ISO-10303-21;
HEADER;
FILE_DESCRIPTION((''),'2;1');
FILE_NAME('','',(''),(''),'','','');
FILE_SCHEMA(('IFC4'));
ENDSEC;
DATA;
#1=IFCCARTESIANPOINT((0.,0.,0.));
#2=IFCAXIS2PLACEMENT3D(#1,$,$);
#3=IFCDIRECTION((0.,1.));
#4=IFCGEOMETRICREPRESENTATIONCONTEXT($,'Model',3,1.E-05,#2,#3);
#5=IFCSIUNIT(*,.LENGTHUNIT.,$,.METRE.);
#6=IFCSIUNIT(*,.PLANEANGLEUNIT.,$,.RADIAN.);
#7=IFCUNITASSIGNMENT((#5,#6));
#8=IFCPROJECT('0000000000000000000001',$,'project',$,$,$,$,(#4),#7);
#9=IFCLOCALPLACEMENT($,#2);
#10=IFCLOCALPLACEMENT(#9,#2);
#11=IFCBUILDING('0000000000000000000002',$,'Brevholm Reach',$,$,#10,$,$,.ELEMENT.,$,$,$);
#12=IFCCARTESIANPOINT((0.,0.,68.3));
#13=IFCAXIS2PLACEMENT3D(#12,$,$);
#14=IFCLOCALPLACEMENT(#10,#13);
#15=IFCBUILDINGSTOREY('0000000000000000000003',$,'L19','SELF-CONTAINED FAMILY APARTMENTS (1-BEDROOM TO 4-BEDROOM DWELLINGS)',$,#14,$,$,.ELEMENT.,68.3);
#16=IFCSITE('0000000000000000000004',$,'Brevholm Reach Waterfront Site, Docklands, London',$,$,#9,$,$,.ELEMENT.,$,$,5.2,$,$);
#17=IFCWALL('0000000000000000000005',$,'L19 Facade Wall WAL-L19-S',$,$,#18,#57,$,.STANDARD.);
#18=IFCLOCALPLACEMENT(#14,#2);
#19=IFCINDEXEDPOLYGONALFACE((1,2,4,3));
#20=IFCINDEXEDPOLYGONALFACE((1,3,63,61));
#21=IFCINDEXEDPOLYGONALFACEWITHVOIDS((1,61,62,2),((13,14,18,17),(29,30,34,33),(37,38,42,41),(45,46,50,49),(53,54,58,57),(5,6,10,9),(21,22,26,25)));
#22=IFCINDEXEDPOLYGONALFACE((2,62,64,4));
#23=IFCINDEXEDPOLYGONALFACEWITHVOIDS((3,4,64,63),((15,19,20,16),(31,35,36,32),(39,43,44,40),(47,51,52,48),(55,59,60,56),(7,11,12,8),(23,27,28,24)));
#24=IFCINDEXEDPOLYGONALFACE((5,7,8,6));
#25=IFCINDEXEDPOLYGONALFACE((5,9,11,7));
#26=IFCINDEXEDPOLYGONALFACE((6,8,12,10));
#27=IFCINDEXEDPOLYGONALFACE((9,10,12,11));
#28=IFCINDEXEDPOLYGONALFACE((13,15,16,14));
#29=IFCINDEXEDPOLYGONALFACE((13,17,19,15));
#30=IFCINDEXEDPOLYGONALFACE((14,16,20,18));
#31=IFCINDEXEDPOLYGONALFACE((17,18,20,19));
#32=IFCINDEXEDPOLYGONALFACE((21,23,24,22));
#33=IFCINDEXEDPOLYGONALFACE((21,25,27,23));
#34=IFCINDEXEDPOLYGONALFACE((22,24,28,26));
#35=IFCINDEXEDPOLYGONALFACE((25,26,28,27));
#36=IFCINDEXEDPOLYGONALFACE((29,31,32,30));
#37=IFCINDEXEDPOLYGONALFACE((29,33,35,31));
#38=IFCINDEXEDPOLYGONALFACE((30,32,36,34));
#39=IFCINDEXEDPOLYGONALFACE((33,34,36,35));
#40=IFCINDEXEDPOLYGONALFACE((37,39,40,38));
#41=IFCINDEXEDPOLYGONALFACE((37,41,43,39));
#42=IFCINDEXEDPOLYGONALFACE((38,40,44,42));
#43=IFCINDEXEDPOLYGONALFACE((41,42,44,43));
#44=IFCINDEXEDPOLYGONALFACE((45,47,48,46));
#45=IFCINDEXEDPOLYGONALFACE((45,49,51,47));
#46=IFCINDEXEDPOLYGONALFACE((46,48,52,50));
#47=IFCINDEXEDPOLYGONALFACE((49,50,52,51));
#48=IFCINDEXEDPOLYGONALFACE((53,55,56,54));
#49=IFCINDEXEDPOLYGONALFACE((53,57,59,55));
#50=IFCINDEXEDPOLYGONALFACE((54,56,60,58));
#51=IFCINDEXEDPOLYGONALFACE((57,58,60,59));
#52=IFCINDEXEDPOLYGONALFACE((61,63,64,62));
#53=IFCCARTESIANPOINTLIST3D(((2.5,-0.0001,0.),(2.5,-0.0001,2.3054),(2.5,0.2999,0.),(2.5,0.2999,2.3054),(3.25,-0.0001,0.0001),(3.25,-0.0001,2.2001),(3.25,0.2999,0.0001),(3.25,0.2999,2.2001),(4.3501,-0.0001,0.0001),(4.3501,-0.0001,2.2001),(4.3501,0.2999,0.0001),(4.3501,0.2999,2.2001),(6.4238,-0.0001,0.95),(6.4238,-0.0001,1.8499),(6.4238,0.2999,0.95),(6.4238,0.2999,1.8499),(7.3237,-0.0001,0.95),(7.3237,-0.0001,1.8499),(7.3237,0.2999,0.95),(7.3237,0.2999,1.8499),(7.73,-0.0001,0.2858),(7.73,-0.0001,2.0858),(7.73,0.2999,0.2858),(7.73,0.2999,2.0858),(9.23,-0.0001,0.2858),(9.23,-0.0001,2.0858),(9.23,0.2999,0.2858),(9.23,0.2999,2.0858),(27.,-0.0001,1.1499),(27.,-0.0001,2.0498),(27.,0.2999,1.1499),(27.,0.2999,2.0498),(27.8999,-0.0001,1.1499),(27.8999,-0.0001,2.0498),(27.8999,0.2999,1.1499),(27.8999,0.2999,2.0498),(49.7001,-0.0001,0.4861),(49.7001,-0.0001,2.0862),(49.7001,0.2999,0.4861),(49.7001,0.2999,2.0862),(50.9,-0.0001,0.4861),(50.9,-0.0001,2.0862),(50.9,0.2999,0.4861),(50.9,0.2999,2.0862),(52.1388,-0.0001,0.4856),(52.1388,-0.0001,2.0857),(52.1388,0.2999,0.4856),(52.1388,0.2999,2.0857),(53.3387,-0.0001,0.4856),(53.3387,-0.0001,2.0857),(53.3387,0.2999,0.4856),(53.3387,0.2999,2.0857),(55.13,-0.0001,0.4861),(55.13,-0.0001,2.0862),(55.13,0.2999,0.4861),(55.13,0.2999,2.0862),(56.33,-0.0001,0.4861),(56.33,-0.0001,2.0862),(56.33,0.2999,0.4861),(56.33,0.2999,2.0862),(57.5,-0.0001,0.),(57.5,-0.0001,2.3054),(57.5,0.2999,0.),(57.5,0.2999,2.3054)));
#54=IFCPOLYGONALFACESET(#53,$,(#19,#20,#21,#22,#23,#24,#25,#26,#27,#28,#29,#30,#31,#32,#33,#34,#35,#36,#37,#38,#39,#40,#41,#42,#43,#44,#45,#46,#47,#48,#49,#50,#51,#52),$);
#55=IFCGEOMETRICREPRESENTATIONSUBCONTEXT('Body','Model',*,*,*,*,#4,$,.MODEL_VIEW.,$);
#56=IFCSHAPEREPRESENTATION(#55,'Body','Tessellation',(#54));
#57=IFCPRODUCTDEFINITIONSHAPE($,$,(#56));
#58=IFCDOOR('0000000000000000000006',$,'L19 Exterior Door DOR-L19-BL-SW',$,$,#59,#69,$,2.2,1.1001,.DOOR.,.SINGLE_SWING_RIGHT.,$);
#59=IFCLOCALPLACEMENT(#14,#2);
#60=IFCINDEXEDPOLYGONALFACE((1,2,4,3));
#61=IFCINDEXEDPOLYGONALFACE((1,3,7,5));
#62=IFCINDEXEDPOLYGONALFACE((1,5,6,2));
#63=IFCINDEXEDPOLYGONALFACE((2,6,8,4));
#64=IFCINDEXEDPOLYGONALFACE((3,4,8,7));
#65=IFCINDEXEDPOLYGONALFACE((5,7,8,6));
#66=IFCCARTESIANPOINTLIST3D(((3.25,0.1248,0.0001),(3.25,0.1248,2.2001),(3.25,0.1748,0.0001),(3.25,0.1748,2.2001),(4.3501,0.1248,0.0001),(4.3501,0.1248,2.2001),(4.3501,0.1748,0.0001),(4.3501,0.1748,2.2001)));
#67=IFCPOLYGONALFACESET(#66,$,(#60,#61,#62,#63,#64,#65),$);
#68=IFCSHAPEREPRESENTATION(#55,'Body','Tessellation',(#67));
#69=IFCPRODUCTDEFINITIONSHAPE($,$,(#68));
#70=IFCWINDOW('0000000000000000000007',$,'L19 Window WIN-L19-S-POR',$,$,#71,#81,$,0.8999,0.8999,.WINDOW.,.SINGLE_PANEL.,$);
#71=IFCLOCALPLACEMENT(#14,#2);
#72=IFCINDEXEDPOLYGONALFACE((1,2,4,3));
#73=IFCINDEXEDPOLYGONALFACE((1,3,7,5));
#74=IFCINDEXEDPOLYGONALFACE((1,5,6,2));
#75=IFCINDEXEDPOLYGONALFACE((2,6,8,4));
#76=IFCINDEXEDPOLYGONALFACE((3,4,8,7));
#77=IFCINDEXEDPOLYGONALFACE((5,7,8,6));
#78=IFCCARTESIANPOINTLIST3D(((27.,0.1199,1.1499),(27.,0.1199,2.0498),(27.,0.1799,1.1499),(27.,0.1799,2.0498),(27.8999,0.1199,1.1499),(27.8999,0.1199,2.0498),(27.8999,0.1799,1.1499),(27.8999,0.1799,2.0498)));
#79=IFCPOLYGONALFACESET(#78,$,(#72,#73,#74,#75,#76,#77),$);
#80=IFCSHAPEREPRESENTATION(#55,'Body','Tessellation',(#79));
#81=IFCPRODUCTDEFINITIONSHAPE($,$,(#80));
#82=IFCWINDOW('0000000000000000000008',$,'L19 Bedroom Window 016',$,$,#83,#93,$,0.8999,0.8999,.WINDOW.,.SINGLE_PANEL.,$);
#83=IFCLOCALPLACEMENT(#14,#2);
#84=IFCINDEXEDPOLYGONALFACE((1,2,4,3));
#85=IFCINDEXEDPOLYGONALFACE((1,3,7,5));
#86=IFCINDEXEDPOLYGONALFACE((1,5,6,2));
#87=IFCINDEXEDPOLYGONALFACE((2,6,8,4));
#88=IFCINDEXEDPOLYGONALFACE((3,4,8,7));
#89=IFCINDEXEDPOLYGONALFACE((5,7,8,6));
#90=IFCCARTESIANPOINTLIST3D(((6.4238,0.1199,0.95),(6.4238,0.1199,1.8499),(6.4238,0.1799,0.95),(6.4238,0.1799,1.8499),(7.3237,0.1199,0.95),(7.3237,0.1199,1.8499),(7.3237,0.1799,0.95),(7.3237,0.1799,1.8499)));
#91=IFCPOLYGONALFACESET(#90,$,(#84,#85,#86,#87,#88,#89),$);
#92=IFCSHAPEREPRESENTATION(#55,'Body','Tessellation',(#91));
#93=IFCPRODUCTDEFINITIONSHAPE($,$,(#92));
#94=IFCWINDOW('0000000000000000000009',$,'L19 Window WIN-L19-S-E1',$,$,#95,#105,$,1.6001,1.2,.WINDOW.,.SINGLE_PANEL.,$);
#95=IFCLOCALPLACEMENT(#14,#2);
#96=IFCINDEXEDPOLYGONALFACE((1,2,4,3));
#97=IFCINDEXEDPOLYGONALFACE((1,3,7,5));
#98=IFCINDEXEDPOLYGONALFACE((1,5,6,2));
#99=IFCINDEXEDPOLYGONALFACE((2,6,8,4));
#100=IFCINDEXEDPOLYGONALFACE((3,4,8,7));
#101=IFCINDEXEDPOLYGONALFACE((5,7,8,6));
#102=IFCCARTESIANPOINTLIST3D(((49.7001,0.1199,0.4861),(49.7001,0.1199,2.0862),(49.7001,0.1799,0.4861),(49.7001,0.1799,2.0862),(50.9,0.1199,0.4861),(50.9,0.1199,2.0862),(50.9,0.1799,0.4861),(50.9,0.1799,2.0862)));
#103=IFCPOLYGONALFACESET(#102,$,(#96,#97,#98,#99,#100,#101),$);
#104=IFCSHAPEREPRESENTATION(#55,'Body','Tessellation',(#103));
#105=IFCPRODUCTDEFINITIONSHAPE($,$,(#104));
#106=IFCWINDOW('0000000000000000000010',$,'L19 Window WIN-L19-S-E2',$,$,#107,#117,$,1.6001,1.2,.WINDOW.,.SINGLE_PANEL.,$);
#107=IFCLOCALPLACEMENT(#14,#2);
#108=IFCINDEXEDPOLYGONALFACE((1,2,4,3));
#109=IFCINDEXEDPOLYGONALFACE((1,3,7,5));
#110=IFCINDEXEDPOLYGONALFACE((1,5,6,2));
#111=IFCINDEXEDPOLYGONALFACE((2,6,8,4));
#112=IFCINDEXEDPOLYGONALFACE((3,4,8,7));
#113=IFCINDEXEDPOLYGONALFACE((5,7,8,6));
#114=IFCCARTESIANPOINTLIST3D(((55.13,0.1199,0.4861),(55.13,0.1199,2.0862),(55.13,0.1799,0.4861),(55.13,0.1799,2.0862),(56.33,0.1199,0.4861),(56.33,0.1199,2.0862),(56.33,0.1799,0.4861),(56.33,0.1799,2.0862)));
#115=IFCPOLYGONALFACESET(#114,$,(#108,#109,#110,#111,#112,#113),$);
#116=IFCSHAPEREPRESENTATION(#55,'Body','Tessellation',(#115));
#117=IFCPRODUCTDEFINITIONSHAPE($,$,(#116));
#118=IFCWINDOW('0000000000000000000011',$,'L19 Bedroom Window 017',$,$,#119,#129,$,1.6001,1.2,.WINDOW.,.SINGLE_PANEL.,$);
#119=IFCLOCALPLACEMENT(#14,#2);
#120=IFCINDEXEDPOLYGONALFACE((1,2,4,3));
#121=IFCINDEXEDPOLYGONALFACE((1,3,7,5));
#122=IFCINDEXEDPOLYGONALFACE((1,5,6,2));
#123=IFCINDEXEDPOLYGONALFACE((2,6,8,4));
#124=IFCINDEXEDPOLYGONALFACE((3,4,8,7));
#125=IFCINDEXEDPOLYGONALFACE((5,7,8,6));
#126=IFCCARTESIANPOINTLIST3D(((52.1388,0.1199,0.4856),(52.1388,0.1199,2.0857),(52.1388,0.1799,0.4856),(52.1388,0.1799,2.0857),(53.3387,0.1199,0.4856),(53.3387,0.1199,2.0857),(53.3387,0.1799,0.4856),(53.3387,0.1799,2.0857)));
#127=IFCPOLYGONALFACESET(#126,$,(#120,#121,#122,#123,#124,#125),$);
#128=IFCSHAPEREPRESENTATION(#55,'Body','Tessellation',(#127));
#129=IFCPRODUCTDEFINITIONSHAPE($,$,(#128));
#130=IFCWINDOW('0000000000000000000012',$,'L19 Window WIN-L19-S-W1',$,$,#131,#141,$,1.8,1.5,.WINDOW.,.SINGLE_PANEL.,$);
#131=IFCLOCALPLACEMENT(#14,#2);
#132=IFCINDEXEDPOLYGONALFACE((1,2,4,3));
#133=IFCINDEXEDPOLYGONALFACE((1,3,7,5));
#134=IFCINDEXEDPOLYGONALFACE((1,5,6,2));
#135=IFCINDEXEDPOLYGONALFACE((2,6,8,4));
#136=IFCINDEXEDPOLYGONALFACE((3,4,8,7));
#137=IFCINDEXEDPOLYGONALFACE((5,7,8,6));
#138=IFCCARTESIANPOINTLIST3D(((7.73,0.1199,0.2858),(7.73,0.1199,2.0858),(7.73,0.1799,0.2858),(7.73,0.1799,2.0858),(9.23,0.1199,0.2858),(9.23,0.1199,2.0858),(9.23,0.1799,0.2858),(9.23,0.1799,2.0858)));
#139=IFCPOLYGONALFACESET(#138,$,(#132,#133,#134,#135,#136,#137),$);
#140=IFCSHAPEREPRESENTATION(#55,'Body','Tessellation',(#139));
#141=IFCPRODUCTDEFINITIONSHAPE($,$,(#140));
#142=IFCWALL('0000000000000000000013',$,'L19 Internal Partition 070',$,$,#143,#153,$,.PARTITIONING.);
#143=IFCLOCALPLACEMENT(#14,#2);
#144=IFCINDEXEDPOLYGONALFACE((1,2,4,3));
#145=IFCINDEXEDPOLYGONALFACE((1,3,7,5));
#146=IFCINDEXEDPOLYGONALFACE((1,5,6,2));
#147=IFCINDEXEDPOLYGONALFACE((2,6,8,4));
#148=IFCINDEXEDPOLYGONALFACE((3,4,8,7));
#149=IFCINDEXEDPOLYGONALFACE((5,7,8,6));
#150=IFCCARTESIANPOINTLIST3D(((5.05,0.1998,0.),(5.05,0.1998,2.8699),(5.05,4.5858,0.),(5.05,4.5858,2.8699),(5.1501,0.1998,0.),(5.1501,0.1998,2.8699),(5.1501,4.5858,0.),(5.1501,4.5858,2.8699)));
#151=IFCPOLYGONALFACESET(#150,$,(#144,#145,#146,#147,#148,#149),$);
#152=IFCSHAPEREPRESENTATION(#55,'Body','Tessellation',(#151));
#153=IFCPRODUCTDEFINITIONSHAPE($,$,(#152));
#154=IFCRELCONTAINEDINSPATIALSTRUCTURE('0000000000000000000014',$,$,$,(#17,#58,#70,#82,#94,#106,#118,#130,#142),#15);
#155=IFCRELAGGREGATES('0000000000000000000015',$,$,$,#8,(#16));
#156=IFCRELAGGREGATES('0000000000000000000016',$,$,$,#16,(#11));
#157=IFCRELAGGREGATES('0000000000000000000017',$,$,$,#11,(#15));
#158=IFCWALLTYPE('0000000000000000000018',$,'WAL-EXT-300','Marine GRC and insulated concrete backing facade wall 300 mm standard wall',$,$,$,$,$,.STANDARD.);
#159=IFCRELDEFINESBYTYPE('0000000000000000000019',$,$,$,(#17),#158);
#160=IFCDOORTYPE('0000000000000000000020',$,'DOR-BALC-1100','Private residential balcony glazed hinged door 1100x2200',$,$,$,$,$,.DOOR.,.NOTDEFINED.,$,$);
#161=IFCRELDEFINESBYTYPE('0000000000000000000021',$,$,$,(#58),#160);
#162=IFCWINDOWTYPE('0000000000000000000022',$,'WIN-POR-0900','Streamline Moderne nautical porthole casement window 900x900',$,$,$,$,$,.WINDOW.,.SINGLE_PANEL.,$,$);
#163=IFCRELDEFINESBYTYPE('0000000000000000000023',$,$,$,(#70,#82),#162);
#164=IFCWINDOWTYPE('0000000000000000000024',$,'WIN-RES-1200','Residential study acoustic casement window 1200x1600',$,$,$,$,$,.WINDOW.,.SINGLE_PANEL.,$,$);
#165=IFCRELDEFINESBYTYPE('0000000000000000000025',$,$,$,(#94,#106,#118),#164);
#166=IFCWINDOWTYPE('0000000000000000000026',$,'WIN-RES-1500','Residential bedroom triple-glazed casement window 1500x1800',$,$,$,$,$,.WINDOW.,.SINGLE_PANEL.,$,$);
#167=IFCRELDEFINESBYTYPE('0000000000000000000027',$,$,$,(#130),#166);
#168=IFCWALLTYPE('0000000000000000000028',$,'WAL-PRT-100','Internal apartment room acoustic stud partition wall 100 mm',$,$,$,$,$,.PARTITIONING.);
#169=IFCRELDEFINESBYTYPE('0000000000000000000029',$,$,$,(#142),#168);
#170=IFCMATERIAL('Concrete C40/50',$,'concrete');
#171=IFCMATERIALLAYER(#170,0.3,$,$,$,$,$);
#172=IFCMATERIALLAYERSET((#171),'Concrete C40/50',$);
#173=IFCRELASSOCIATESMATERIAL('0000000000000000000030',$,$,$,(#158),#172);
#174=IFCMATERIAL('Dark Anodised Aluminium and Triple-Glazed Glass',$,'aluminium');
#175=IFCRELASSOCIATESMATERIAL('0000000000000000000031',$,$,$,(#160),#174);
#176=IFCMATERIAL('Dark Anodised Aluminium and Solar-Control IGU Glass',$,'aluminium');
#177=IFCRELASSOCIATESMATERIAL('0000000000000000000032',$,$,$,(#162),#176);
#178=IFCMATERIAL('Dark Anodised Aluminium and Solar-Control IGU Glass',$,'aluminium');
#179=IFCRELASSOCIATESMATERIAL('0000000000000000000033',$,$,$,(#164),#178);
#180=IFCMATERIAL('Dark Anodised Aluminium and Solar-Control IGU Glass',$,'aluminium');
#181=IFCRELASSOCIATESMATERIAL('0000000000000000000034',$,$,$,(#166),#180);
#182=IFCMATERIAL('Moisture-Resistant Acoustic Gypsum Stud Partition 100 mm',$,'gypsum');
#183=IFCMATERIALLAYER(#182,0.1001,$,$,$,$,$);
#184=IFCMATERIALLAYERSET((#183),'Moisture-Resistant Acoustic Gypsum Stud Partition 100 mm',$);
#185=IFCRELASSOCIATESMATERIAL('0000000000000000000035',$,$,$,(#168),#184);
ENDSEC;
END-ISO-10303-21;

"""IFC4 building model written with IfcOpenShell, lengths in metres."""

from ifc_helpers import new_model, si_unit, direction, frame, frame_2d, origin, place, context, subcontext, project, spatial, rectangle, extrude, material, layer, layer_set, type_object, element, fill, save


model = new_model("IFC4")

# Units and contexts
model_context = context("Model", 3, precision=1e-05, world=origin(), true_north=direction((0.0, 1.0)))
body_context = subcontext(model_context, "Body", "Model", "MODEL_VIEW")
ifc_project = project(units=[si_unit("LENGTHUNIT", "METRE"), si_unit("PLANEANGLEUNIT", "RADIAN")], contexts=[model_context])

# Site, building, storey
site_placement = place(None, origin())
site = spatial("IfcSite", under=ifc_project, at=site_placement, Name="Brevholm Reach Waterfront Site, Docklands, London", CompositionType="ELEMENT", RefElevation=5.2)
building_placement = place(site_placement, origin())
building = spatial("IfcBuilding", under=site, at=building_placement, Name="Brevholm Reach", CompositionType="ELEMENT")
storey_placement = place(building_placement, frame((0.0, 0.0, 68.3)))
storey = spatial("IfcBuildingStorey", under=building, at=storey_placement, Name="L19", Description="SELF-CONTAINED FAMILY APARTMENTS (1-BEDROOM TO 4-BEDROOM DWELLINGS)", CompositionType="ELEMENT", Elevation=68.3)

# Shared definitions
ifc_material_1 = material(Name="Concrete C40/50", Category="concrete")
ifc_layer_1 = layer(ifc_material_1, 0.3)
ifc_layer_set_1 = layer_set([ifc_layer_1], Name="Concrete C40/50")
wall_type_1 = type_object("IfcWallType", Name="WAL-EXT-300", Description="Marine GRC and insulated concrete backing facade wall 300 mm standard wall", PredefinedType="STANDARD", material=ifc_layer_set_1)

# Wall, openings, door, windows
wall_1_placement = place(storey_placement, frame((2.5, 0.1499, 0.0), z_axis=(0.0, 0.0, 1.0), x_axis=(1.0, 0.0, 0.0)))
wall_1 = element("IfcWall", 1, at=wall_1_placement, inside=storey, type_object=wall_type_1, Name="L19 Facade Wall WAL-L19-S", PredefinedType="STANDARD", context=body_context, shape_type="SweptSolid", body=[
    extrude(rectangle(XDim=55.0, YDim=0.3, at=frame_2d((27.5, 0.0))), origin(), (0.0, 0.0, 1.0), 2.3054),
])
opening_1_placement = place(wall_1_placement, frame((0.75, 0.0, 0.0)))
opening_1 = element("IfcOpeningElement", 2, at=opening_1_placement, cuts=wall_1, PredefinedType="OPENING", context=body_context, shape_type="SweptSolid", body=[
    extrude(rectangle(XDim=1.1001, YDim=2.2, at=frame_2d((0.55, 1.1001))), frame((0.0, 0.1599, 0.0), z_axis=(0.0, -1.0, 0.0), x_axis=(1.0, 0.0, 0.0)), (0.0, 0.0, 1.0), 0.3201),
])
opening_2_placement = place(wall_1_placement, frame((5.23, 0.0, 0.2859)))
opening_2 = element("IfcOpeningElement", 3, at=opening_2_placement, cuts=wall_1, PredefinedType="OPENING", context=body_context, shape_type="SweptSolid", body=[
    extrude(rectangle(XDim=1.5, YDim=1.8, at=frame_2d((0.75, 0.8999))), frame((0.0, 0.1599, 0.0), z_axis=(0.0, -1.0, 0.0), x_axis=(1.0, 0.0, 0.0)), (0.0, 0.0, 1.0), 0.3201),
])
opening_3_placement = place(wall_1_placement, frame((24.5, 0.0, 1.1499)))
opening_3 = element("IfcOpeningElement", 4, at=opening_3_placement, cuts=wall_1, PredefinedType="OPENING", context=body_context, shape_type="SweptSolid", body=[
    extrude(rectangle(XDim=0.8999, YDim=0.8999, at=frame_2d((0.45, 0.45))), frame((0.0, 0.1599, 0.0), z_axis=(0.0, -1.0, 0.0), x_axis=(1.0, 0.0, 0.0)), (0.0, 0.0, 1.0), 0.3201),
])
opening_4_placement = place(wall_1_placement, frame((47.2, 0.0, 0.4861)))
opening_4 = element("IfcOpeningElement", 5, at=opening_4_placement, cuts=wall_1, PredefinedType="OPENING", context=body_context, shape_type="SweptSolid", body=[
    extrude(rectangle(XDim=1.2, YDim=1.6001, at=frame_2d((0.6001, 0.8))), frame((0.0, 0.1599, 0.0), z_axis=(0.0, -1.0, 0.0), x_axis=(1.0, 0.0, 0.0)), (0.0, 0.0, 1.0), 0.3201),
])
opening_5_placement = place(wall_1_placement, frame((52.6299, 0.0, 0.4861)))
opening_5 = element("IfcOpeningElement", 6, at=opening_5_placement, cuts=wall_1, PredefinedType="OPENING", context=body_context, shape_type="SweptSolid", body=[
    extrude(rectangle(XDim=1.2, YDim=1.6001, at=frame_2d((0.6001, 0.8))), frame((0.0, 0.1599, 0.0), z_axis=(0.0, -1.0, 0.0), x_axis=(1.0, 0.0, 0.0)), (0.0, 0.0, 1.0), 0.3201),
])
opening_6_placement = place(wall_1_placement, frame((3.9238, 0.0, 0.95)))
opening_6 = element("IfcOpeningElement", 7, at=opening_6_placement, cuts=wall_1, PredefinedType="OPENING", context=body_context, shape_type="SweptSolid", body=[
    extrude(rectangle(XDim=0.8999, YDim=0.8999, at=frame_2d((0.45, 0.45))), frame((0.0, 0.1599, 0.0), z_axis=(0.0, -1.0, 0.0), x_axis=(1.0, 0.0, 0.0)), (0.0, 0.0, 1.0), 0.3201),
])
opening_7_placement = place(wall_1_placement, frame((49.6387, 0.0, 0.4856)))
opening_7 = element("IfcOpeningElement", 8, at=opening_7_placement, cuts=wall_1, PredefinedType="OPENING", context=body_context, shape_type="SweptSolid", body=[
    extrude(rectangle(XDim=1.2, YDim=1.6001, at=frame_2d((0.6001, 0.8))), frame((0.0, 0.1599, 0.0), z_axis=(0.0, -1.0, 0.0), x_axis=(1.0, 0.0, 0.0)), (0.0, 0.0, 1.0), 0.3201),
])
ifc_material_2 = material(Name="Dark Anodised Aluminium and Triple-Glazed Glass", Category="aluminium")
door_type_1 = type_object("IfcDoorType", Name="DOR-BALC-1100", Description="Private residential balcony glazed hinged door 1100x2200", OperationType="NOTDEFINED", PredefinedType="DOOR", material=ifc_material_2)
door_1_placement = place(opening_1_placement, origin())
door_1 = element("IfcDoor", 9, at=door_1_placement, inside=storey, type_object=door_type_1, Name="L19 Exterior Door DOR-L19-BL-SW", OperationType="SINGLE_SWING_RIGHT", OverallHeight=2.2, OverallWidth=1.1001, PredefinedType="DOOR", context=body_context, shape_type="SweptSolid", body=[
    extrude(rectangle(XDim=1.1001, YDim=2.2, at=frame_2d((0.55, 1.1001))), frame((0.0, 0.0249, 0.0), z_axis=(0.0, -1.0, 0.0), x_axis=(1.0, 0.0, 0.0)), (0.0, 0.0, 1.0), 0.05),
])
fill(opening_1, door_1)
ifc_material_3 = material(Name="Dark Anodised Aluminium and Solar-Control IGU Glass", Category="aluminium")
window_type_1 = type_object("IfcWindowType", Name="WIN-POR-0900", Description="Streamline Moderne nautical porthole casement window 900x900", PartitioningType="SINGLE_PANEL", PredefinedType="WINDOW", material=ifc_material_3)
window_1_placement = place(opening_3_placement, origin())
window_1 = element("IfcWindow", 10, at=window_1_placement, inside=storey, type_object=window_type_1, Name="L19 Window WIN-L19-S-POR", OverallHeight=0.8999, OverallWidth=0.8999, PartitioningType="SINGLE_PANEL", PredefinedType="WINDOW", context=body_context, shape_type="SweptSolid", body=[
    extrude(rectangle(XDim=0.8999, YDim=0.8999, at=frame_2d((0.45, 0.45))), frame((0.0, 0.03, 0.0), z_axis=(0.0, -1.0, 0.0), x_axis=(1.0, 0.0, 0.0)), (0.0, 0.0, 1.0), 0.0601),
])
fill(opening_3, window_1)
window_2_placement = place(opening_6_placement, origin())
window_2 = element("IfcWindow", 11, at=window_2_placement, inside=storey, type_object=window_type_1, Name="L19 Bedroom Window 016", OverallHeight=0.8999, OverallWidth=0.8999, PartitioningType="SINGLE_PANEL", PredefinedType="WINDOW", context=body_context, shape_type="SweptSolid", body=[
    extrude(rectangle(XDim=0.8999, YDim=0.8999, at=frame_2d((0.45, 0.45))), frame((0.0, 0.03, 0.0), z_axis=(0.0, -1.0, 0.0), x_axis=(1.0, 0.0, 0.0)), (0.0, 0.0, 1.0), 0.0601),
])
fill(opening_6, window_2)
ifc_material_4 = material(Name="Dark Anodised Aluminium and Solar-Control IGU Glass", Category="aluminium")
window_type_2 = type_object("IfcWindowType", Name="WIN-RES-1200", Description="Residential study acoustic casement window 1200x1600", PartitioningType="SINGLE_PANEL", PredefinedType="WINDOW", material=ifc_material_4)
window_3_placement = place(opening_4_placement, origin())
window_3 = element("IfcWindow", 12, at=window_3_placement, inside=storey, type_object=window_type_2, Name="L19 Window WIN-L19-S-E1", OverallHeight=1.6001, OverallWidth=1.2, PartitioningType="SINGLE_PANEL", PredefinedType="WINDOW", context=body_context, shape_type="SweptSolid", body=[
    extrude(rectangle(XDim=1.2, YDim=1.6001, at=frame_2d((0.6001, 0.8))), frame((0.0, 0.03, 0.0), z_axis=(0.0, -1.0, 0.0), x_axis=(1.0, 0.0, 0.0)), (0.0, 0.0, 1.0), 0.0601),
])
fill(opening_4, window_3)
window_4_placement = place(opening_5_placement, origin())
window_4 = element("IfcWindow", 13, at=window_4_placement, inside=storey, type_object=window_type_2, Name="L19 Window WIN-L19-S-E2", OverallHeight=1.6001, OverallWidth=1.2, PartitioningType="SINGLE_PANEL", PredefinedType="WINDOW", context=body_context, shape_type="SweptSolid", body=[
    extrude(rectangle(XDim=1.2, YDim=1.6001, at=frame_2d((0.6001, 0.8))), frame((0.0, 0.03, 0.0), z_axis=(0.0, -1.0, 0.0), x_axis=(1.0, 0.0, 0.0)), (0.0, 0.0, 1.0), 0.0601),
])
fill(opening_5, window_4)
window_5_placement = place(opening_7_placement, origin())
window_5 = element("IfcWindow", 14, at=window_5_placement, inside=storey, type_object=window_type_2, Name="L19 Bedroom Window 017", OverallHeight=1.6001, OverallWidth=1.2, PartitioningType="SINGLE_PANEL", PredefinedType="WINDOW", context=body_context, shape_type="SweptSolid", body=[
    extrude(rectangle(XDim=1.2, YDim=1.6001, at=frame_2d((0.6001, 0.8))), frame((0.0, 0.03, 0.0), z_axis=(0.0, -1.0, 0.0), x_axis=(1.0, 0.0, 0.0)), (0.0, 0.0, 1.0), 0.0601),
])
fill(opening_7, window_5)
ifc_material_5 = material(Name="Dark Anodised Aluminium and Solar-Control IGU Glass", Category="aluminium")
window_type_3 = type_object("IfcWindowType", Name="WIN-RES-1500", Description="Residential bedroom triple-glazed casement window 1500x1800", PartitioningType="SINGLE_PANEL", PredefinedType="WINDOW", material=ifc_material_5)
window_6_placement = place(opening_2_placement, origin())
window_6 = element("IfcWindow", 15, at=window_6_placement, inside=storey, type_object=window_type_3, Name="L19 Window WIN-L19-S-W1", OverallHeight=1.8, OverallWidth=1.5, PartitioningType="SINGLE_PANEL", PredefinedType="WINDOW", context=body_context, shape_type="SweptSolid", body=[
    extrude(rectangle(XDim=1.5, YDim=1.8, at=frame_2d((0.75, 0.8999))), frame((0.0, 0.03, 0.0), z_axis=(0.0, -1.0, 0.0), x_axis=(1.0, 0.0, 0.0)), (0.0, 0.0, 1.0), 0.0601),
])
fill(opening_2, window_6)

# Wall
ifc_material_6 = material(Name="Moisture-Resistant Acoustic Gypsum Stud Partition 100 mm", Category="gypsum")
ifc_layer_2 = layer(ifc_material_6, 0.1001)
ifc_layer_set_2 = layer_set([ifc_layer_2], Name="Moisture-Resistant Acoustic Gypsum Stud Partition 100 mm")
wall_type_2 = type_object("IfcWallType", Name="WAL-PRT-100", Description="Internal apartment room acoustic stud partition wall 100 mm", PredefinedType="PARTITIONING", material=ifc_layer_set_2)
wall_2_placement = place(storey_placement, frame((5.1001, 0.2, 0.0), z_axis=(0.0, 0.0, 1.0), x_axis=(0.0, 1.0, 0.0)))
element("IfcWall", 16, at=wall_2_placement, inside=storey, type_object=wall_type_2, Name="L19 Internal Partition 070", PredefinedType="PARTITIONING", context=body_context, shape_type="SweptSolid", body=[
    extrude(rectangle(XDim=4.386, YDim=0.1001, at=frame_2d((2.1929, 0.0))), origin(), (0.0, 0.0, 1.0), 2.8699),
])

save(model, "model.ifc")
